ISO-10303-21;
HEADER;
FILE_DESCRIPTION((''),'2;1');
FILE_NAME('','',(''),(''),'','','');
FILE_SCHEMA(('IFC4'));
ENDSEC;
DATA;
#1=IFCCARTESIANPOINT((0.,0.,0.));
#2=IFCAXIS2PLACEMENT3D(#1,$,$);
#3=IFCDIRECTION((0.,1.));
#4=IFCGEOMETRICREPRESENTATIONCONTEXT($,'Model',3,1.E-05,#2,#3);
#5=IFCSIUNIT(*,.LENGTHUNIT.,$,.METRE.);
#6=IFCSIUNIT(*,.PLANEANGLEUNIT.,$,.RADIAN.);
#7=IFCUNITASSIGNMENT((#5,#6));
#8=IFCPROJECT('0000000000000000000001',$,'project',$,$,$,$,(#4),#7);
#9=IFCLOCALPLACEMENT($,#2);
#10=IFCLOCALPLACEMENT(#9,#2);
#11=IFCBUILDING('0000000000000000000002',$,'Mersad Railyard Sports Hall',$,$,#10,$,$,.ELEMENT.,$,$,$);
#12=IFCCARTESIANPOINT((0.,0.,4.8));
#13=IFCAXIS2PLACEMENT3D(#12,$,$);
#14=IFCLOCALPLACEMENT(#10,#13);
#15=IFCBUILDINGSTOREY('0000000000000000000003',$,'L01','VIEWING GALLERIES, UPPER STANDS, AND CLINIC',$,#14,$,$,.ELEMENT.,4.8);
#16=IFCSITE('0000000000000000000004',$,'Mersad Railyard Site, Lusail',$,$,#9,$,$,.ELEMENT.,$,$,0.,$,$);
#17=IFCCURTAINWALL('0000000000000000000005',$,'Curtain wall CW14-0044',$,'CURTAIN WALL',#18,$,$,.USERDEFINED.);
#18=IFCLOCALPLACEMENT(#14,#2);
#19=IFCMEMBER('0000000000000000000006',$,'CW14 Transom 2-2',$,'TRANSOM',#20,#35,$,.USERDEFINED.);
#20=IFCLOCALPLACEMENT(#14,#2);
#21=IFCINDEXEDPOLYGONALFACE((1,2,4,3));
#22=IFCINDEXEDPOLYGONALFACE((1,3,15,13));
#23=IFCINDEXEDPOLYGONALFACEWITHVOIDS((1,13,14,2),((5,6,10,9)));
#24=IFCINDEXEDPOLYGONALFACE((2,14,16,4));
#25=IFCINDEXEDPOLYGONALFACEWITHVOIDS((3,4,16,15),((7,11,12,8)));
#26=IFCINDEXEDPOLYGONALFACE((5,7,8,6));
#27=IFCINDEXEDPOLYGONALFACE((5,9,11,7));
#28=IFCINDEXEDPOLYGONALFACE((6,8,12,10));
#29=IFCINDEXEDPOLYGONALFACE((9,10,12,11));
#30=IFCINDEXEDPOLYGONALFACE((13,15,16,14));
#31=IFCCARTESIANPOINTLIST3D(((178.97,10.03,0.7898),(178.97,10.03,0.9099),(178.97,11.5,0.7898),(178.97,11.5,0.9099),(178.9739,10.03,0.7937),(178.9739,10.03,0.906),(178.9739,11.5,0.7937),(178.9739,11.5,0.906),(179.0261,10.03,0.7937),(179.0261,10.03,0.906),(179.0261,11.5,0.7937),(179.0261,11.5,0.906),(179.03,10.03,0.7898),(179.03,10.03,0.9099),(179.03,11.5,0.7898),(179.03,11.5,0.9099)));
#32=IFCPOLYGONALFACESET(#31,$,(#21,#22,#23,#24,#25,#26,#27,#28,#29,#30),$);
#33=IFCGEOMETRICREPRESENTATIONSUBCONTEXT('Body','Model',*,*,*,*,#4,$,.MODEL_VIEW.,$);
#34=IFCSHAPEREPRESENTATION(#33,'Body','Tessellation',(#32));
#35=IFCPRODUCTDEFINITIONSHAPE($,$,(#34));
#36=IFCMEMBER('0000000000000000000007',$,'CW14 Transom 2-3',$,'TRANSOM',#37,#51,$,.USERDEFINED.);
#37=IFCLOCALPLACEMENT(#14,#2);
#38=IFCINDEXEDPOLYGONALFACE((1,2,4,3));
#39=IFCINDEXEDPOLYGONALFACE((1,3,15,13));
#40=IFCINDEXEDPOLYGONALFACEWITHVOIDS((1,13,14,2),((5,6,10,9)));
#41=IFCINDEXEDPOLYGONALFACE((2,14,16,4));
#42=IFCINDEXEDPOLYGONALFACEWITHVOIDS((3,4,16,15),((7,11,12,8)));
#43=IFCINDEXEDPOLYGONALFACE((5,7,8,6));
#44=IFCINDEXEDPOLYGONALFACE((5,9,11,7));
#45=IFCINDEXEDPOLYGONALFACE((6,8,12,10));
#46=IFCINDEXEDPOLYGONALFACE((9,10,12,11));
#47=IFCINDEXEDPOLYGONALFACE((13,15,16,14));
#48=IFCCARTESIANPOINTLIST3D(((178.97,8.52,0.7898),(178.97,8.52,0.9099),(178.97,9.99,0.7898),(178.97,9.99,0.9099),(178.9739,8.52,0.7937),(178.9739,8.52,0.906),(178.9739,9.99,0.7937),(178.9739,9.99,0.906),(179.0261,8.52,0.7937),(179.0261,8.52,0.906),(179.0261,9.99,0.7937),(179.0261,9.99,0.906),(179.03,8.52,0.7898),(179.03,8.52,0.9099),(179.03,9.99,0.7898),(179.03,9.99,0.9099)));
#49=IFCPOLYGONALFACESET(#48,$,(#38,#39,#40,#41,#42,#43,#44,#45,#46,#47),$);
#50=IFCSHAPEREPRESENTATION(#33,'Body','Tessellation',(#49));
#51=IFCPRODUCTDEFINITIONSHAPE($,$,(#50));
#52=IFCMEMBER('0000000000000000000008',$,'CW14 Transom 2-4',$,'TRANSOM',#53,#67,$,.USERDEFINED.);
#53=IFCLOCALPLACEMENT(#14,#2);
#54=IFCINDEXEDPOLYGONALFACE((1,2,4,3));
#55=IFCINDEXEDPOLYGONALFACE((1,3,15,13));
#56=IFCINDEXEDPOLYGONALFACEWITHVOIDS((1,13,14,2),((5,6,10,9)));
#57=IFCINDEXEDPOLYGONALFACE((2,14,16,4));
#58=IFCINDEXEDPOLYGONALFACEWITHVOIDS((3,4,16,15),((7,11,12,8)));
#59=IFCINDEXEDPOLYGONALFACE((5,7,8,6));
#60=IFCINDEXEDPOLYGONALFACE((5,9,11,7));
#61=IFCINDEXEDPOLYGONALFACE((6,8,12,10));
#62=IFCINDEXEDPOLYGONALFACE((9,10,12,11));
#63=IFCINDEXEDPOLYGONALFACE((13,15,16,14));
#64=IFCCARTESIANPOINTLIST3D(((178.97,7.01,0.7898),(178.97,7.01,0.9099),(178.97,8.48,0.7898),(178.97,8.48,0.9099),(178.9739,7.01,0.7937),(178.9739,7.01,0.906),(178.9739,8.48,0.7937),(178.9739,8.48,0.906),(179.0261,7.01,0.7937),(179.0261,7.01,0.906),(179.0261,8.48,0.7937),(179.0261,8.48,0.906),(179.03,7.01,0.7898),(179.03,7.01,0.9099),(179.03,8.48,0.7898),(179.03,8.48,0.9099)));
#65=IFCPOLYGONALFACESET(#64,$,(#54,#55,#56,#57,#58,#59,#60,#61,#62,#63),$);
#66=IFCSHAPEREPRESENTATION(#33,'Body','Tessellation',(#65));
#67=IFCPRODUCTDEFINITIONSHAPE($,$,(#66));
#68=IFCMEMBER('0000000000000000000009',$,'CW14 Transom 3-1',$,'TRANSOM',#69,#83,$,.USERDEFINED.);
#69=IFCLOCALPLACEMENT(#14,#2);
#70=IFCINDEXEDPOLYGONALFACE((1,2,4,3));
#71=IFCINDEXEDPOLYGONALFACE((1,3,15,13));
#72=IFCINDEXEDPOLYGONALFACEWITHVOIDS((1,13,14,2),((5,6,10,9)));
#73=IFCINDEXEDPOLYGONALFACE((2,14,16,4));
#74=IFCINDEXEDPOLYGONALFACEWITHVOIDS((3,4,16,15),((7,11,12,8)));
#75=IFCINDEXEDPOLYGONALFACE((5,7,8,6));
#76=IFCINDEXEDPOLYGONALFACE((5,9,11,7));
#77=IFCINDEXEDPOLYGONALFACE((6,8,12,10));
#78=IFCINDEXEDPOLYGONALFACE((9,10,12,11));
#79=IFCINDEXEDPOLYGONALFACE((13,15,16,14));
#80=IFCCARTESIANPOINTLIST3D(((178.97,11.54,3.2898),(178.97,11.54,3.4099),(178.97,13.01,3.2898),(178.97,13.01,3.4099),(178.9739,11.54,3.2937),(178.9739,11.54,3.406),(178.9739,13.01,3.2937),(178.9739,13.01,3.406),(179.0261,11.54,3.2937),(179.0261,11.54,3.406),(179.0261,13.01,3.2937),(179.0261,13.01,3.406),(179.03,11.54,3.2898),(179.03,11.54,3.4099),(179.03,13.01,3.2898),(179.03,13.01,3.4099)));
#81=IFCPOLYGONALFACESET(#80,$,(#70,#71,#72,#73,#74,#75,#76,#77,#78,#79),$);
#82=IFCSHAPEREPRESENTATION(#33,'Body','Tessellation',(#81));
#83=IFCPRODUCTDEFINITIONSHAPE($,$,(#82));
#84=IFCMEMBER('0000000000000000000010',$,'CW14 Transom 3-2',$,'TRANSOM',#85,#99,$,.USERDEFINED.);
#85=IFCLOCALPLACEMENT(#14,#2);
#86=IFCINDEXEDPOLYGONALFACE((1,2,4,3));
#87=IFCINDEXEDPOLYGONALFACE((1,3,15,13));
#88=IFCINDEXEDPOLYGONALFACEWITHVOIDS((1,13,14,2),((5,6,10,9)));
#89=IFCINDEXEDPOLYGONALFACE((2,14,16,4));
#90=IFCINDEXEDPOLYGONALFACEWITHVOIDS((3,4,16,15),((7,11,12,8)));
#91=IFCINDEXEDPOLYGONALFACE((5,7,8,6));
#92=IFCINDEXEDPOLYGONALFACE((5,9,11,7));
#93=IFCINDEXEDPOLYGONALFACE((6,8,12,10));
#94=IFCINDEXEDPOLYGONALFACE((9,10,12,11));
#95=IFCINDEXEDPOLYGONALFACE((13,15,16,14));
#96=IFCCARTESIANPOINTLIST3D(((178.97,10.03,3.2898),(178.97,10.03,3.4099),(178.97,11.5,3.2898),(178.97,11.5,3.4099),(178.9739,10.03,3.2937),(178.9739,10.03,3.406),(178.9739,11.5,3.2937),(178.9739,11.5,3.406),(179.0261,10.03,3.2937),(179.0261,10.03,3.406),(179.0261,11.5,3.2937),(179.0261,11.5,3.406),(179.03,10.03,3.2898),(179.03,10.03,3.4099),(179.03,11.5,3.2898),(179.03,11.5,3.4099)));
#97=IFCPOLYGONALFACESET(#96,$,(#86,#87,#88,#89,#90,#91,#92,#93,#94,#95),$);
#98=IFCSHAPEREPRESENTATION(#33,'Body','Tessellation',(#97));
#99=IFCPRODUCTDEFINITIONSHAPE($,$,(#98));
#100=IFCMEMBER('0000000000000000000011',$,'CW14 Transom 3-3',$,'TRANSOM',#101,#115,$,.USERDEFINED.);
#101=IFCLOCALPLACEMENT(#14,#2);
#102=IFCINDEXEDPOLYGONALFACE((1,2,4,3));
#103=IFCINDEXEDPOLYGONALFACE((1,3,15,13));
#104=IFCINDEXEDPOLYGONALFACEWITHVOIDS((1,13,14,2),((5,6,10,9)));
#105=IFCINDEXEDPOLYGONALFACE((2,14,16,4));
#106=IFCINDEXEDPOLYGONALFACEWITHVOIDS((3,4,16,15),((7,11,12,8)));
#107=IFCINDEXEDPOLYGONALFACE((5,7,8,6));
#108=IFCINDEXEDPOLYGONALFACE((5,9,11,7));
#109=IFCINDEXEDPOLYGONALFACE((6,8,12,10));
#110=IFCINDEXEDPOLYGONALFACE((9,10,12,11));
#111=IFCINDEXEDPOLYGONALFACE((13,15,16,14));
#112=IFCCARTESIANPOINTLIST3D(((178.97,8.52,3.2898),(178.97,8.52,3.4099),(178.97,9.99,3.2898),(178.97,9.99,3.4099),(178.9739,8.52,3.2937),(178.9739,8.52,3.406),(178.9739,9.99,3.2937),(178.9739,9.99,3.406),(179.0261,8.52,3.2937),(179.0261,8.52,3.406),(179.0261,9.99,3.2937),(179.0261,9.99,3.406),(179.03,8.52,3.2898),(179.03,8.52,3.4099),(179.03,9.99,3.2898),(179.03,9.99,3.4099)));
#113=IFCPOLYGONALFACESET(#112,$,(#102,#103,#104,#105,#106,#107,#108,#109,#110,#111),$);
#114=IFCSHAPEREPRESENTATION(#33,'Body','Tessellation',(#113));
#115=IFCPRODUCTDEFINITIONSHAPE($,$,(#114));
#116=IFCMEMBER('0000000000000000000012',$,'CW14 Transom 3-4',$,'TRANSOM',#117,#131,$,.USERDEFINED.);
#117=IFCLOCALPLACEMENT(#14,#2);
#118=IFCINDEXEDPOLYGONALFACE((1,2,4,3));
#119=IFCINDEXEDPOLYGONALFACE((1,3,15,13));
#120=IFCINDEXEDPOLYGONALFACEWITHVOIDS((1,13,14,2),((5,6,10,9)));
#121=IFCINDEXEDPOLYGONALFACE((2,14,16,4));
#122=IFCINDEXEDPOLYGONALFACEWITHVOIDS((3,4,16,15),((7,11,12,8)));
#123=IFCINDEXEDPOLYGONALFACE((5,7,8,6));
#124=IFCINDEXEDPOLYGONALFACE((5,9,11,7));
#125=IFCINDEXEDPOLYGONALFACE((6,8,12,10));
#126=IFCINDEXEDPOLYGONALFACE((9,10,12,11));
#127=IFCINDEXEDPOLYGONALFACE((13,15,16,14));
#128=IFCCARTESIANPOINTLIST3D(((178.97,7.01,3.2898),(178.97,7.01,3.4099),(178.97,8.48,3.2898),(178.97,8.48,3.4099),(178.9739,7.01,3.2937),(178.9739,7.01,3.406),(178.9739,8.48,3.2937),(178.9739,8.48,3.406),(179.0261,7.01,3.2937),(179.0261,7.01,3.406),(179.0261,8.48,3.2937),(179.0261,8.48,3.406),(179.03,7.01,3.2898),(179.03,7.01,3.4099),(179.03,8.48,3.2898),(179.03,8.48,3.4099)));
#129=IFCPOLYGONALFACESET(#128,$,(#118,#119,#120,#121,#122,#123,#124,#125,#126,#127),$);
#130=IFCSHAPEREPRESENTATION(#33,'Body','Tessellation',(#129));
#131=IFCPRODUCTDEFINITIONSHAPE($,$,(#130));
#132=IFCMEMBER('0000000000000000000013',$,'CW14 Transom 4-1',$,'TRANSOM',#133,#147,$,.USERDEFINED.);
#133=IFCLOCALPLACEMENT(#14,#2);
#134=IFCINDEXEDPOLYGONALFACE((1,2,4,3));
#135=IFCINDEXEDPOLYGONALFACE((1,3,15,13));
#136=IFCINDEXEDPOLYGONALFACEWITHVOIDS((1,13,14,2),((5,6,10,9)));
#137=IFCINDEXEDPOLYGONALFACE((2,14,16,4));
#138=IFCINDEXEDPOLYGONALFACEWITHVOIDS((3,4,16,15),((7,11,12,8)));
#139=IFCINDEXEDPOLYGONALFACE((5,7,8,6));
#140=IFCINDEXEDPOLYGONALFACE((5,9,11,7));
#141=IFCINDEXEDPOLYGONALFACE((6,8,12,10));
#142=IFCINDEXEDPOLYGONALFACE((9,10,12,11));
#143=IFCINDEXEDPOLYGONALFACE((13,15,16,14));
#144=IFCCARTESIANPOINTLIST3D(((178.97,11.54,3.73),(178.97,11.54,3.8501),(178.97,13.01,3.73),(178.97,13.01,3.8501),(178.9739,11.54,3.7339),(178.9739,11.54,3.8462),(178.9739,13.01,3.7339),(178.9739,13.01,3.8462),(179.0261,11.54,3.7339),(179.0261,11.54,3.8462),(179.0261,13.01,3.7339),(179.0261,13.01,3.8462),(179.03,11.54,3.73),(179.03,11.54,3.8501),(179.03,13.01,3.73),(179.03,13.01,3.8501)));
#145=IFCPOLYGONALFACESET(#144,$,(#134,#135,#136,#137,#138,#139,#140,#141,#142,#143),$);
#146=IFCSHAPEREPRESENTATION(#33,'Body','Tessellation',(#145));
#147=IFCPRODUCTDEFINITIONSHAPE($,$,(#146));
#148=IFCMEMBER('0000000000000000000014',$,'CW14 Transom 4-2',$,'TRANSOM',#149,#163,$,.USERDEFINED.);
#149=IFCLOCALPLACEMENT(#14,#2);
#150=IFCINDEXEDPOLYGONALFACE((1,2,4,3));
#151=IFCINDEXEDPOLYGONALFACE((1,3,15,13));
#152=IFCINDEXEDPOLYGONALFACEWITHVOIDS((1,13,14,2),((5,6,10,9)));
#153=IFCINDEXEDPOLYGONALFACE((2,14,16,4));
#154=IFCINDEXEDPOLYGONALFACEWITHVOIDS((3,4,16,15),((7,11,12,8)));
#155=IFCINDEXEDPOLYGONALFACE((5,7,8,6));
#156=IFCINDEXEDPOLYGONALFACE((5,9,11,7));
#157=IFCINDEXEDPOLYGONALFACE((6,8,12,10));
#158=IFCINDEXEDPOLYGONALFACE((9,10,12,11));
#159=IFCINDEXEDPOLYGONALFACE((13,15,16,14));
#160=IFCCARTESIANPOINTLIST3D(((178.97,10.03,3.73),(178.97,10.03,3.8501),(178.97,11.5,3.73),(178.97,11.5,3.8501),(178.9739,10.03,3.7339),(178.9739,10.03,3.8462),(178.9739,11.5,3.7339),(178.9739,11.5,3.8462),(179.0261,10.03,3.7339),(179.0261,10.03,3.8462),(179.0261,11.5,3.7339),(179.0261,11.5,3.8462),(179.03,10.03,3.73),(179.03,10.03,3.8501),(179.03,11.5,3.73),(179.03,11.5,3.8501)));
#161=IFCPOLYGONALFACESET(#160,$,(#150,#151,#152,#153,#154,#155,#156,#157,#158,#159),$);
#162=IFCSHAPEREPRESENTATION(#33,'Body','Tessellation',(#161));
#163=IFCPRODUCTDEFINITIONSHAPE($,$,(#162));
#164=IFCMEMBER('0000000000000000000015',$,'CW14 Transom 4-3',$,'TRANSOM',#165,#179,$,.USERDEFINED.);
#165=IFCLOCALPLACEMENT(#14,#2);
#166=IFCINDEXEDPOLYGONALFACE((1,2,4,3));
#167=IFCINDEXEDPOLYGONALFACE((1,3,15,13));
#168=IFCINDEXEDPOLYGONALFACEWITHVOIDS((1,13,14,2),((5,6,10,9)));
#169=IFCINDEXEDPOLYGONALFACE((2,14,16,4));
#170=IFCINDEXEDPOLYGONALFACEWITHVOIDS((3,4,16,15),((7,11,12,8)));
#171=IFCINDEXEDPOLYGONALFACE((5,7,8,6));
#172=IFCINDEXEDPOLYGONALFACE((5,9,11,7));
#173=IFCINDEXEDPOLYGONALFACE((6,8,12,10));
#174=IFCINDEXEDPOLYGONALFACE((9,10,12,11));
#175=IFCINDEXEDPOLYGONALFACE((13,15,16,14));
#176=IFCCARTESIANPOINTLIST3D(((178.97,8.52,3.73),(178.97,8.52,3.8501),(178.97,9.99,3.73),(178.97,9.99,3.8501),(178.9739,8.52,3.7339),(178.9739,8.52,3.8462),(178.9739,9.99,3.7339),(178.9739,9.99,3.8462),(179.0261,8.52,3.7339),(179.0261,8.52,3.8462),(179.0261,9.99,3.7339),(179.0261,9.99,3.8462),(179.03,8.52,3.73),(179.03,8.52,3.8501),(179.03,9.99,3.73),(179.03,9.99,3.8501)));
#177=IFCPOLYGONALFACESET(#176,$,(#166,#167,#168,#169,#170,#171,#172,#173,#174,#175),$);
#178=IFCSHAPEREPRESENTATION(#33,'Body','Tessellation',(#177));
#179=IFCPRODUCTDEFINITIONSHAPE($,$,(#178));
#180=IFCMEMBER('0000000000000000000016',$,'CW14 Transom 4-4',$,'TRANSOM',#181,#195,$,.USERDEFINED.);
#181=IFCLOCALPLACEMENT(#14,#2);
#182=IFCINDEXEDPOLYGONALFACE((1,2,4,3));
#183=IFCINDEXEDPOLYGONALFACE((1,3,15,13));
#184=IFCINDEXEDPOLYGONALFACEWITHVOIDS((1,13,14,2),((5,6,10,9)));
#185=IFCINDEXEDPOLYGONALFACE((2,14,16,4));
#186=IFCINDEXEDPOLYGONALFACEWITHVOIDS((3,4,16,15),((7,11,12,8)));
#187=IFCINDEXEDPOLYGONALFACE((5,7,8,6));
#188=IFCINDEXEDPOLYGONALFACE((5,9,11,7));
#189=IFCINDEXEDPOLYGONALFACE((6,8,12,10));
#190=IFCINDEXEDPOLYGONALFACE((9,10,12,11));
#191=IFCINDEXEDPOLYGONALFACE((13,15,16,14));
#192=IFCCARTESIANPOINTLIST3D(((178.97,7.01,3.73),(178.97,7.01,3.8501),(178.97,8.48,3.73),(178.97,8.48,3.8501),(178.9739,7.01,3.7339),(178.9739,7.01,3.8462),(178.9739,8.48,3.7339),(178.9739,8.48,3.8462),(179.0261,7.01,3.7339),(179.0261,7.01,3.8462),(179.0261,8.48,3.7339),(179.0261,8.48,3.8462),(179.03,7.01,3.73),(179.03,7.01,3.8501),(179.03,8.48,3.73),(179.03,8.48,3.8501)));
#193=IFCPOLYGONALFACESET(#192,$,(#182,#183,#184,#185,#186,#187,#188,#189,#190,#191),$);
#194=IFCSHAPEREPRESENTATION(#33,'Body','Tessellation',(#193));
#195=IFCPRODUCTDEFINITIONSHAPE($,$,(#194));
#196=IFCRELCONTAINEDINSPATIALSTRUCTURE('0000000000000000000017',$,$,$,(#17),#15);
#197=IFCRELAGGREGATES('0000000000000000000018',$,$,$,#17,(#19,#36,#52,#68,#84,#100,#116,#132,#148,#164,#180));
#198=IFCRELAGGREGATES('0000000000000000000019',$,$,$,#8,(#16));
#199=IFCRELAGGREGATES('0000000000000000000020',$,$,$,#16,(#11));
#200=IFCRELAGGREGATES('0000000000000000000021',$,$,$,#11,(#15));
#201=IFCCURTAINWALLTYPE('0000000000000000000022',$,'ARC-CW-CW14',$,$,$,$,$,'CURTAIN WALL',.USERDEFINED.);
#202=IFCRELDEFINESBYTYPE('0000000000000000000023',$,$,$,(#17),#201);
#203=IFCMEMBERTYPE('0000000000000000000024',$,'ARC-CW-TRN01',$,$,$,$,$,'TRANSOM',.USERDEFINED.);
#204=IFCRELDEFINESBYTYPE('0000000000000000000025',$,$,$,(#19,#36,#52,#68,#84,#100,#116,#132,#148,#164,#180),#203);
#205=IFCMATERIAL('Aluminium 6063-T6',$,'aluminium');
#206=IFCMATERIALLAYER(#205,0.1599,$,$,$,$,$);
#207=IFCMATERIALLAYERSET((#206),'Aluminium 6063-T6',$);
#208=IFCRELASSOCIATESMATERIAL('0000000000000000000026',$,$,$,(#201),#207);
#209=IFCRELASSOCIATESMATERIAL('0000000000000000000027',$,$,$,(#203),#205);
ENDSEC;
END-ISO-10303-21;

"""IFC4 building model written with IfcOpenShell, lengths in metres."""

from ifc_helpers import new_model, si_unit, direction, frame, origin, origin_2d, place, context, subcontext, project, spatial, hollow_rectangle, extrude, material, layer, layer_set, material_profile, profile_set, type_object, element, aggregate, save


model = new_model("IFC4")

# Units and contexts
model_context = context("Model", 3, precision=1e-05, world=origin(), true_north=direction((0.0, 1.0)))
body_context = subcontext(model_context, "Body", "Model", "MODEL_VIEW")
ifc_project = project(units=[si_unit("LENGTHUNIT", "METRE"), si_unit("PLANEANGLEUNIT", "RADIAN")], contexts=[model_context])

# Site, building, storey
site_placement = place(None, origin())
site = spatial("IfcSite", under=ifc_project, at=site_placement, Name="Mersad Railyard Site, Lusail", CompositionType="ELEMENT", RefElevation=0.0)
building_placement = place(site_placement, origin())
building = spatial("IfcBuilding", under=site, at=building_placement, Name="Mersad Railyard Sports Hall", CompositionType="ELEMENT")
storey_placement = place(building_placement, frame((0.0, 0.0, 4.8)))
storey = spatial("IfcBuildingStorey", under=building, at=storey_placement, Name="L01", Description="VIEWING GALLERIES, UPPER STANDS, AND CLINIC", CompositionType="ELEMENT", Elevation=4.8)

# Curtain wall
ifc_material_1 = material(Name="Aluminium 6063-T6", Category="aluminium")
ifc_layer_1 = layer(ifc_material_1, 0.1599)
ifc_layer_set_1 = layer_set([ifc_layer_1], Name="Aluminium 6063-T6")
curtain_wall_type = type_object("IfcCurtainWallType", Name="ARC-CW-CW14", ElementType="CURTAIN WALL", PredefinedType="USERDEFINED", material=ifc_layer_set_1)
curtain_wall_1_placement = place(storey_placement, origin())
curtain_wall_1 = element("IfcCurtainWall", 1, at=curtain_wall_1_placement, inside=storey, type_object=curtain_wall_type, Name="Curtain wall CW14-0044", ObjectType="CURTAIN WALL", PredefinedType="USERDEFINED")

# Members
ifc_material_profile_1 = material_profile(ifc_material_1, hollow_rectangle(XDim=0.0601, YDim=0.1201, WallThickness=0.0039, at=origin_2d()), Name="AL TRANSOM 60x120x4")
ifc_profile_set_1 = profile_set([ifc_material_profile_1], Name="Aluminium 6063-T6")
member_type_1 = type_object("IfcMemberType", Name="ARC-CW-TRN01", ElementType="TRANSOM", PredefinedType="USERDEFINED", material=ifc_profile_set_1)
member_1_placement = place(storey_placement, frame((179.0, 11.5, 0.8499), z_axis=(0.0, -1.0, 0.0), x_axis=(1.0, 0.0, 0.0)))
member_1 = element("IfcMember", 2, at=member_1_placement, type_object=member_type_1, Name="CW14 Transom 2-2", ObjectType="TRANSOM", PredefinedType="USERDEFINED", context=body_context, shape_type="SweptSolid", body=[
    extrude(hollow_rectangle(XDim=0.0601, YDim=0.1201, WallThickness=0.0039, at=origin_2d()), origin(), (0.0, 0.0, 1.0), 1.47),
])
member_2_placement = place(storey_placement, frame((179.0, 9.99, 0.8499), z_axis=(0.0, -1.0, 0.0), x_axis=(1.0, 0.0, 0.0)))
member_2 = element("IfcMember", 3, at=member_2_placement, type_object=member_type_1, Name="CW14 Transom 2-3", ObjectType="TRANSOM", PredefinedType="USERDEFINED", context=body_context, shape_type="SweptSolid", body=[
    extrude(hollow_rectangle(XDim=0.0601, YDim=0.1201, WallThickness=0.0039, at=origin_2d()), origin(), (0.0, 0.0, 1.0), 1.47),
])
member_3_placement = place(storey_placement, frame((179.0, 8.48, 0.8499), z_axis=(0.0, -1.0, 0.0), x_axis=(1.0, 0.0, 0.0)))
member_3 = element("IfcMember", 4, at=member_3_placement, type_object=member_type_1, Name="CW14 Transom 2-4", ObjectType="TRANSOM", PredefinedType="USERDEFINED", context=body_context, shape_type="SweptSolid", body=[
    extrude(hollow_rectangle(XDim=0.0601, YDim=0.1201, WallThickness=0.0039, at=origin_2d()), origin(), (0.0, 0.0, 1.0), 1.47),
])
member_4_placement = place(storey_placement, frame((179.0, 13.01, 3.3499), z_axis=(0.0, -1.0, 0.0), x_axis=(1.0, 0.0, 0.0)))
member_4 = element("IfcMember", 5, at=member_4_placement, type_object=member_type_1, Name="CW14 Transom 3-1", ObjectType="TRANSOM", PredefinedType="USERDEFINED", context=body_context, shape_type="SweptSolid", body=[
    extrude(hollow_rectangle(XDim=0.0601, YDim=0.1201, WallThickness=0.0039, at=origin_2d()), origin(), (0.0, 0.0, 1.0), 1.47),
])
member_5_placement = place(storey_placement, frame((179.0, 11.5, 3.3499), z_axis=(0.0, -1.0, 0.0), x_axis=(1.0, 0.0, 0.0)))
member_5 = element("IfcMember", 6, at=member_5_placement, type_object=member_type_1, Name="CW14 Transom 3-2", ObjectType="TRANSOM", PredefinedType="USERDEFINED", context=body_context, shape_type="SweptSolid", body=[
    extrude(hollow_rectangle(XDim=0.0601, YDim=0.1201, WallThickness=0.0039, at=origin_2d()), origin(), (0.0, 0.0, 1.0), 1.47),
])
member_6_placement = place(storey_placement, frame((179.0, 9.99, 3.3499), z_axis=(0.0, -1.0, 0.0), x_axis=(1.0, 0.0, 0.0)))
member_6 = element("IfcMember", 7, at=member_6_placement, type_object=member_type_1, Name="CW14 Transom 3-3", ObjectType="TRANSOM", PredefinedType="USERDEFINED", context=body_context, shape_type="SweptSolid", body=[
    extrude(hollow_rectangle(XDim=0.0601, YDim=0.1201, WallThickness=0.0039, at=origin_2d()), origin(), (0.0, 0.0, 1.0), 1.47),
])
member_7_placement = place(storey_placement, frame((179.0, 8.48, 3.3499), z_axis=(0.0, -1.0, 0.0), x_axis=(1.0, 0.0, 0.0)))
member_7 = element("IfcMember", 8, at=member_7_placement, type_object=member_type_1, Name="CW14 Transom 3-4", ObjectType="TRANSOM", PredefinedType="USERDEFINED", context=body_context, shape_type="SweptSolid", body=[
    extrude(hollow_rectangle(XDim=0.0601, YDim=0.1201, WallThickness=0.0039, at=origin_2d()), origin(), (0.0, 0.0, 1.0), 1.47),
])
member_8_placement = place(storey_placement, frame((179.0, 13.01, 3.79), z_axis=(0.0, -1.0, 0.0), x_axis=(1.0, 0.0, 0.0)))
member_8 = element("IfcMember", 9, at=member_8_placement, type_object=member_type_1, Name="CW14 Transom 4-1", ObjectType="TRANSOM", PredefinedType="USERDEFINED", context=body_context, shape_type="SweptSolid", body=[
    extrude(hollow_rectangle(XDim=0.0601, YDim=0.1201, WallThickness=0.0039, at=origin_2d()), origin(), (0.0, 0.0, 1.0), 1.47),
])
member_9_placement = place(storey_placement, frame((179.0, 11.5, 3.79), z_axis=(0.0, -1.0, 0.0), x_axis=(1.0, 0.0, 0.0)))
member_9 = element("IfcMember", 10, at=member_9_placement, type_object=member_type_1, Name="CW14 Transom 4-2", ObjectType="TRANSOM", PredefinedType="USERDEFINED", context=body_context, shape_type="SweptSolid", body=[
    extrude(hollow_rectangle(XDim=0.0601, YDim=0.1201, WallThickness=0.0039, at=origin_2d()), origin(), (0.0, 0.0, 1.0), 1.47),
])
member_10_placement = place(storey_placement, frame((179.0, 9.99, 3.79), z_axis=(0.0, -1.0, 0.0), x_axis=(1.0, 0.0, 0.0)))
member_10 = element("IfcMember", 11, at=member_10_placement, type_object=member_type_1, Name="CW14 Transom 4-3", ObjectType="TRANSOM", PredefinedType="USERDEFINED", context=body_context, shape_type="SweptSolid", body=[
    extrude(hollow_rectangle(XDim=0.0601, YDim=0.1201, WallThickness=0.0039, at=origin_2d()), origin(), (0.0, 0.0, 1.0), 1.47),
])
member_11_placement = place(storey_placement, frame((179.0, 8.48, 3.79), z_axis=(0.0, -1.0, 0.0), x_axis=(1.0, 0.0, 0.0)))
member_11 = element("IfcMember", 12, at=member_11_placement, type_object=member_type_1, Name="CW14 Transom 4-4", ObjectType="TRANSOM", PredefinedType="USERDEFINED", context=body_context, shape_type="SweptSolid", body=[
    extrude(hollow_rectangle(XDim=0.0601, YDim=0.1201, WallThickness=0.0039, at=origin_2d()), origin(), (0.0, 0.0, 1.0), 1.47),
])

aggregate(curtain_wall_1, [member_1, member_2, member_3, member_4, member_5, member_6, member_7, member_8, member_9, member_10, member_11])

save(model, "model.ifc")
